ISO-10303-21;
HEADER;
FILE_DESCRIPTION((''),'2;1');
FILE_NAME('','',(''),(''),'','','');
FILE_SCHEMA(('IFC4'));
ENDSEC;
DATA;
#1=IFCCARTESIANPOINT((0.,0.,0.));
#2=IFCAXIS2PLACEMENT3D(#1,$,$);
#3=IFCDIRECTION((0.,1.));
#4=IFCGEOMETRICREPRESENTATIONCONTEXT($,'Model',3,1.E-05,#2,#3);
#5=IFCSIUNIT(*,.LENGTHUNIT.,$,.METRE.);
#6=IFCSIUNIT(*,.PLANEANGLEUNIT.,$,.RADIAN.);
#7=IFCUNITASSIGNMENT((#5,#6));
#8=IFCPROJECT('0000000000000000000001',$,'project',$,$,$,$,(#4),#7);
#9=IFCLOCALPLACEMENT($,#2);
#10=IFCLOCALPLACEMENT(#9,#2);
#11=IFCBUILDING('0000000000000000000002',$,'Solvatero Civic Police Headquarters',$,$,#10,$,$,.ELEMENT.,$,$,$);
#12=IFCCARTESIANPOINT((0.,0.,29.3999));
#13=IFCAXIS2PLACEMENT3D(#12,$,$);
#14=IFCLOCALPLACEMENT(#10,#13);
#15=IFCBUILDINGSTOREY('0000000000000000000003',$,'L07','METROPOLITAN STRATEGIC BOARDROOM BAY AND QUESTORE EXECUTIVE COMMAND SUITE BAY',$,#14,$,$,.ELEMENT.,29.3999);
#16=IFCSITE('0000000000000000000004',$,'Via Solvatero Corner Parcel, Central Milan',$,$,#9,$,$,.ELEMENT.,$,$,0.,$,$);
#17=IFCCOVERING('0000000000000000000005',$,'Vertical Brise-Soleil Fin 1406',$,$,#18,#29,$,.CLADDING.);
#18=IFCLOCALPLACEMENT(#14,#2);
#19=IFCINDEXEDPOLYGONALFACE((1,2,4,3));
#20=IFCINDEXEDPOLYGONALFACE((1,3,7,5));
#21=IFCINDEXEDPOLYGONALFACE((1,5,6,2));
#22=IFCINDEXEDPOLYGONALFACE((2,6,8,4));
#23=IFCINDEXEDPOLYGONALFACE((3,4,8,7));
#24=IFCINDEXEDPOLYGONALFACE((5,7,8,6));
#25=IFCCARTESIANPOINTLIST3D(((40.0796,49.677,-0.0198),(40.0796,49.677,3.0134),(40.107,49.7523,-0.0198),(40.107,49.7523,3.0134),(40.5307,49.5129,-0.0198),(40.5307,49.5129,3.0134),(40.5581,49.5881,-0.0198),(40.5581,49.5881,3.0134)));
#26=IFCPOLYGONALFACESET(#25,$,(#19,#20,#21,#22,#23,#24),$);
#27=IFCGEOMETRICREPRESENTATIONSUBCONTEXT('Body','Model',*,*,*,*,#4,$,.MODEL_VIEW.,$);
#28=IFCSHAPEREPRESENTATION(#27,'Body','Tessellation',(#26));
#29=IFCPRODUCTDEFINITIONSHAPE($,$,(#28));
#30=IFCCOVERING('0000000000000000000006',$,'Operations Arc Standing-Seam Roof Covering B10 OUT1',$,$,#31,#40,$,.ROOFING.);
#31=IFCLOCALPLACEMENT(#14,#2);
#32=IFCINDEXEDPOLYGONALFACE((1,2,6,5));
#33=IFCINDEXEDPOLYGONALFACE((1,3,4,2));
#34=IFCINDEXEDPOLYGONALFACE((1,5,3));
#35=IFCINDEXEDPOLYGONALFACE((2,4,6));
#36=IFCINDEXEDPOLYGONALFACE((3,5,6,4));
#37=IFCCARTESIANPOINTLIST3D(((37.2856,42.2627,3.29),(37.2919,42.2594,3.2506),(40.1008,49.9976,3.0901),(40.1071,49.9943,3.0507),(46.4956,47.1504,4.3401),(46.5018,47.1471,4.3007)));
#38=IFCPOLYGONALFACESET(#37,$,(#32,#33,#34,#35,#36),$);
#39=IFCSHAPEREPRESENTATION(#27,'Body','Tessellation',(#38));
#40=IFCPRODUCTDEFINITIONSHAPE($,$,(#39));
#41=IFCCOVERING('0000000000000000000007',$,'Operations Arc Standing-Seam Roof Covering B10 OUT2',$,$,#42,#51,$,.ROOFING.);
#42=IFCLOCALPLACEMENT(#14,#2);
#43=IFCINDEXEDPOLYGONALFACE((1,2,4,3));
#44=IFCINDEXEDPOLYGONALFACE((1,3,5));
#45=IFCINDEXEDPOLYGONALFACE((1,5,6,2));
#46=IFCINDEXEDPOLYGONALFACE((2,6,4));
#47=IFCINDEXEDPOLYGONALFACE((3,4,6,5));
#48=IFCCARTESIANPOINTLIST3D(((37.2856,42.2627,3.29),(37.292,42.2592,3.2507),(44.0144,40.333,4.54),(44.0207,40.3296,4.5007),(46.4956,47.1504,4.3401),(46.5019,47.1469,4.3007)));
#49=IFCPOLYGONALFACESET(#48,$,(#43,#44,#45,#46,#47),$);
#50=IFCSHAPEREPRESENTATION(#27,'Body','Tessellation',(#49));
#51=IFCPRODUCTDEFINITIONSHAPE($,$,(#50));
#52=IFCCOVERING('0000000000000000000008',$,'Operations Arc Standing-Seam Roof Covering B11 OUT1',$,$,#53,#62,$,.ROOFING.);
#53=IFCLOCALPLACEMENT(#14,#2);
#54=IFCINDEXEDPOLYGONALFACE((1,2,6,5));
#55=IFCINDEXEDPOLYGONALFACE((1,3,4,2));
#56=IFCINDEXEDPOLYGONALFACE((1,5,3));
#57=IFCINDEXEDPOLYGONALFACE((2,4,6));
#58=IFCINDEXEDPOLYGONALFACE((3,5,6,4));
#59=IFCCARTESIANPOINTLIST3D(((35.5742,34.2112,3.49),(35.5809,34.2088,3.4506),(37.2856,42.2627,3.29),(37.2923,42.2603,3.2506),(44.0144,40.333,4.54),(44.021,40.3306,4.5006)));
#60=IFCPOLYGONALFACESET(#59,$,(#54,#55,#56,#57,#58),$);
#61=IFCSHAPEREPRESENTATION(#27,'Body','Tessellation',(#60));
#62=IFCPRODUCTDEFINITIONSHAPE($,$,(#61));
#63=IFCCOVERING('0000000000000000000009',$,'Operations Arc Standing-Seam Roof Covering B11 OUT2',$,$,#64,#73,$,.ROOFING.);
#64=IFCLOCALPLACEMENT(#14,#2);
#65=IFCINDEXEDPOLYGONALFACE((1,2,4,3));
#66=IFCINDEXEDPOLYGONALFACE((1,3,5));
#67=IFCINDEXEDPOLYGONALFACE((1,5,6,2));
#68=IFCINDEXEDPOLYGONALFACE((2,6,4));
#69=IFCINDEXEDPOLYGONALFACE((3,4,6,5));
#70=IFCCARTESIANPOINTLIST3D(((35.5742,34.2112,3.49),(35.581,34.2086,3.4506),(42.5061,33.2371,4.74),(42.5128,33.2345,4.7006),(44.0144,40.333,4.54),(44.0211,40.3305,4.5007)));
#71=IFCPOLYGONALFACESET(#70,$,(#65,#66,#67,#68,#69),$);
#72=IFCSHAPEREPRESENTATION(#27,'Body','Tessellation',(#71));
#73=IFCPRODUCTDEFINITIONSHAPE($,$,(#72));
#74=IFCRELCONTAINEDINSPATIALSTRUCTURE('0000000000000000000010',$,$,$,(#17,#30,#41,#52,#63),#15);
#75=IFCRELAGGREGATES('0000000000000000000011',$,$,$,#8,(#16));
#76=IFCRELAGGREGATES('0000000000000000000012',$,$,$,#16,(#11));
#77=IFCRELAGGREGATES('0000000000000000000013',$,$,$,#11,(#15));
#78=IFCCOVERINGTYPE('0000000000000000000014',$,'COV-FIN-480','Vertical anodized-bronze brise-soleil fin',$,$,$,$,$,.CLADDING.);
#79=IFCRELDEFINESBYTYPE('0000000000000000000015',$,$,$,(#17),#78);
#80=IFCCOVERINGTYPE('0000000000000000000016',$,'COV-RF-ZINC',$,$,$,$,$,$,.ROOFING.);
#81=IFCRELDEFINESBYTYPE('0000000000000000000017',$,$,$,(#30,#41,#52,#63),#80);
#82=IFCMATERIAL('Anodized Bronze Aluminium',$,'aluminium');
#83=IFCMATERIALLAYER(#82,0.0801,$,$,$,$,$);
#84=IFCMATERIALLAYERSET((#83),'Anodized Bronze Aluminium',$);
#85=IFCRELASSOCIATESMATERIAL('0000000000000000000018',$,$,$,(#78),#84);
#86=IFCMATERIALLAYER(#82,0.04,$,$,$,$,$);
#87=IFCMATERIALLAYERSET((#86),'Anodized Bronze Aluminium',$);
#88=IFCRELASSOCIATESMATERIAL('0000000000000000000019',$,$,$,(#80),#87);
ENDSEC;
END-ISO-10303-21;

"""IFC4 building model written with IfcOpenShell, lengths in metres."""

from ifc_helpers import new_model, si_unit, direction, frame, origin, origin_2d, place, context, subcontext, project, spatial, polyline, rectangle, outline, extrude, material, layer, layer_set, type_object, element, save


model = new_model("IFC4")

# Units and contexts
model_context = context("Model", 3, precision=1e-05, world=origin(), true_north=direction((0.0, 1.0)))
body_context = subcontext(model_context, "Body", "Model", "MODEL_VIEW")
ifc_project = project(units=[si_unit("LENGTHUNIT", "METRE"), si_unit("PLANEANGLEUNIT", "RADIAN")], contexts=[model_context])

# Site, building, storey
site_placement = place(None, origin())
site = spatial("IfcSite", under=ifc_project, at=site_placement, Name="Via Solvatero Corner Parcel, Central Milan", CompositionType="ELEMENT", RefElevation=0.0)
building_placement = place(site_placement, origin())
building = spatial("IfcBuilding", under=site, at=building_placement, Name="Solvatero Civic Police Headquarters", CompositionType="ELEMENT")
storey_placement = place(building_placement, frame((0.0, 0.0, 29.3999)))
storey = spatial("IfcBuildingStorey", under=building, at=storey_placement, Name="L07", Description="METROPOLITAN STRATEGIC BOARDROOM BAY AND QUESTORE EXECUTIVE COMMAND SUITE BAY", CompositionType="ELEMENT", Elevation=29.3999)

# Coverings
ifc_material_1 = material(Name="Anodized Bronze Aluminium", Category="aluminium")
ifc_layer_1 = layer(ifc_material_1, 0.0801)
ifc_layer_set_1 = layer_set([ifc_layer_1], Name="Anodized Bronze Aluminium")
covering_type_1 = type_object("IfcCoveringType", Name="COV-FIN-480", Description="Vertical anodized-bronze brise-soleil fin", PredefinedType="CLADDING", material=ifc_layer_set_1)
covering_1_placement = place(storey_placement, frame((40.3188, 49.6326, -0.0198), z_axis=(0.0, 0.0, 1.0), x_axis=(-0.34202, -0.939693, 0.0)))
element("IfcCovering", 1, at=covering_1_placement, inside=storey, type_object=covering_type_1, Name="Vertical Brise-Soleil Fin 1406", PredefinedType="CLADDING", context=body_context, shape_type="SweptSolid", body=[
    extrude(rectangle(XDim=0.0801, YDim=0.48, at=origin_2d()), origin(), (0.0, 0.0, 1.0), 3.0332),
])
ifc_layer_2 = layer(ifc_material_1, 0.04)
ifc_layer_set_2 = layer_set([ifc_layer_2], Name="Anodized Bronze Aluminium")
covering_type_2 = type_object("IfcCoveringType", Name="COV-RF-ZINC", PredefinedType="ROOFING", material=ifc_layer_set_2)
covering_2_placement = place(storey_placement, frame((46.4956, 47.1504, 4.3401), z_axis=(-0.155833, 0.082163, 0.98436), x_axis=(-0.899318, 0.400406, -0.175791)))
element("IfcCovering", 2, at=covering_2_placement, inside=storey, type_object=covering_type_2, Name="Operations Arc Standing-Seam Roof Covering B10 OUT1", PredefinedType="ROOFING", context=body_context, shape_type="SweptSolid", body=[
    extrude(outline(polyline([(0.0, 0.0), (7.1107, 0.0), (6.5102, 8.2117), (0.0, 0.0)])), origin(), (0.0, 0.0, -1.0), 0.04),
])
covering_3_placement = place(storey_placement, frame((46.4956, 47.1504, 4.3401), z_axis=(-0.157972, 0.086345, 0.983661), x_axis=(-0.878872, -0.466415, -0.100202)))
element("IfcCovering", 3, at=covering_3_placement, inside=storey, type_object=covering_type_2, Name="Operations Arc Standing-Seam Roof Covering B10 OUT2", PredefinedType="ROOFING", context=body_context, shape_type="SweptSolid", body=[
    extrude(outline(polyline([(0.0, 0.0), (10.4793, 0.0), (5.3404, 4.9146), (0.0, 0.0)])), origin(), (0.0, 0.0, -1.0), 0.04),
])
covering_4_placement = place(storey_placement, frame((44.0144, 40.333, 4.54), z_axis=(-0.16575, 0.059677, 0.98436), x_axis=(-0.946283, 0.271377, -0.175791)))
element("IfcCovering", 4, at=covering_4_placement, inside=storey, type_object=covering_type_2, Name="Operations Arc Standing-Seam Roof Covering B11 OUT1", PredefinedType="ROOFING", context=body_context, shape_type="SweptSolid", body=[
    extrude(outline(polyline([(0.0, 0.0), (7.1107, 0.0), (6.5101, 8.2119), (0.0, 0.0)])), origin(), (0.0, 0.0, -1.0), 0.04),
])
covering_5_placement = place(storey_placement, frame((44.0144, 40.333, 4.54), z_axis=(-0.168453, 0.063524, 0.983661), x_axis=(-0.805414, -0.584182, -0.100202)))
element("IfcCovering", 5, at=covering_5_placement, inside=storey, type_object=covering_type_2, Name="Operations Arc Standing-Seam Roof Covering B11 OUT2", PredefinedType="ROOFING", context=body_context, shape_type="SweptSolid", body=[
    extrude(outline(polyline([(0.0, 0.0), (10.4793, 0.0), (5.3401, 4.9143), (0.0, 0.0)])), origin(), (0.0, 0.0, -1.0), 0.04),
])

save(model, "model.ifc")
